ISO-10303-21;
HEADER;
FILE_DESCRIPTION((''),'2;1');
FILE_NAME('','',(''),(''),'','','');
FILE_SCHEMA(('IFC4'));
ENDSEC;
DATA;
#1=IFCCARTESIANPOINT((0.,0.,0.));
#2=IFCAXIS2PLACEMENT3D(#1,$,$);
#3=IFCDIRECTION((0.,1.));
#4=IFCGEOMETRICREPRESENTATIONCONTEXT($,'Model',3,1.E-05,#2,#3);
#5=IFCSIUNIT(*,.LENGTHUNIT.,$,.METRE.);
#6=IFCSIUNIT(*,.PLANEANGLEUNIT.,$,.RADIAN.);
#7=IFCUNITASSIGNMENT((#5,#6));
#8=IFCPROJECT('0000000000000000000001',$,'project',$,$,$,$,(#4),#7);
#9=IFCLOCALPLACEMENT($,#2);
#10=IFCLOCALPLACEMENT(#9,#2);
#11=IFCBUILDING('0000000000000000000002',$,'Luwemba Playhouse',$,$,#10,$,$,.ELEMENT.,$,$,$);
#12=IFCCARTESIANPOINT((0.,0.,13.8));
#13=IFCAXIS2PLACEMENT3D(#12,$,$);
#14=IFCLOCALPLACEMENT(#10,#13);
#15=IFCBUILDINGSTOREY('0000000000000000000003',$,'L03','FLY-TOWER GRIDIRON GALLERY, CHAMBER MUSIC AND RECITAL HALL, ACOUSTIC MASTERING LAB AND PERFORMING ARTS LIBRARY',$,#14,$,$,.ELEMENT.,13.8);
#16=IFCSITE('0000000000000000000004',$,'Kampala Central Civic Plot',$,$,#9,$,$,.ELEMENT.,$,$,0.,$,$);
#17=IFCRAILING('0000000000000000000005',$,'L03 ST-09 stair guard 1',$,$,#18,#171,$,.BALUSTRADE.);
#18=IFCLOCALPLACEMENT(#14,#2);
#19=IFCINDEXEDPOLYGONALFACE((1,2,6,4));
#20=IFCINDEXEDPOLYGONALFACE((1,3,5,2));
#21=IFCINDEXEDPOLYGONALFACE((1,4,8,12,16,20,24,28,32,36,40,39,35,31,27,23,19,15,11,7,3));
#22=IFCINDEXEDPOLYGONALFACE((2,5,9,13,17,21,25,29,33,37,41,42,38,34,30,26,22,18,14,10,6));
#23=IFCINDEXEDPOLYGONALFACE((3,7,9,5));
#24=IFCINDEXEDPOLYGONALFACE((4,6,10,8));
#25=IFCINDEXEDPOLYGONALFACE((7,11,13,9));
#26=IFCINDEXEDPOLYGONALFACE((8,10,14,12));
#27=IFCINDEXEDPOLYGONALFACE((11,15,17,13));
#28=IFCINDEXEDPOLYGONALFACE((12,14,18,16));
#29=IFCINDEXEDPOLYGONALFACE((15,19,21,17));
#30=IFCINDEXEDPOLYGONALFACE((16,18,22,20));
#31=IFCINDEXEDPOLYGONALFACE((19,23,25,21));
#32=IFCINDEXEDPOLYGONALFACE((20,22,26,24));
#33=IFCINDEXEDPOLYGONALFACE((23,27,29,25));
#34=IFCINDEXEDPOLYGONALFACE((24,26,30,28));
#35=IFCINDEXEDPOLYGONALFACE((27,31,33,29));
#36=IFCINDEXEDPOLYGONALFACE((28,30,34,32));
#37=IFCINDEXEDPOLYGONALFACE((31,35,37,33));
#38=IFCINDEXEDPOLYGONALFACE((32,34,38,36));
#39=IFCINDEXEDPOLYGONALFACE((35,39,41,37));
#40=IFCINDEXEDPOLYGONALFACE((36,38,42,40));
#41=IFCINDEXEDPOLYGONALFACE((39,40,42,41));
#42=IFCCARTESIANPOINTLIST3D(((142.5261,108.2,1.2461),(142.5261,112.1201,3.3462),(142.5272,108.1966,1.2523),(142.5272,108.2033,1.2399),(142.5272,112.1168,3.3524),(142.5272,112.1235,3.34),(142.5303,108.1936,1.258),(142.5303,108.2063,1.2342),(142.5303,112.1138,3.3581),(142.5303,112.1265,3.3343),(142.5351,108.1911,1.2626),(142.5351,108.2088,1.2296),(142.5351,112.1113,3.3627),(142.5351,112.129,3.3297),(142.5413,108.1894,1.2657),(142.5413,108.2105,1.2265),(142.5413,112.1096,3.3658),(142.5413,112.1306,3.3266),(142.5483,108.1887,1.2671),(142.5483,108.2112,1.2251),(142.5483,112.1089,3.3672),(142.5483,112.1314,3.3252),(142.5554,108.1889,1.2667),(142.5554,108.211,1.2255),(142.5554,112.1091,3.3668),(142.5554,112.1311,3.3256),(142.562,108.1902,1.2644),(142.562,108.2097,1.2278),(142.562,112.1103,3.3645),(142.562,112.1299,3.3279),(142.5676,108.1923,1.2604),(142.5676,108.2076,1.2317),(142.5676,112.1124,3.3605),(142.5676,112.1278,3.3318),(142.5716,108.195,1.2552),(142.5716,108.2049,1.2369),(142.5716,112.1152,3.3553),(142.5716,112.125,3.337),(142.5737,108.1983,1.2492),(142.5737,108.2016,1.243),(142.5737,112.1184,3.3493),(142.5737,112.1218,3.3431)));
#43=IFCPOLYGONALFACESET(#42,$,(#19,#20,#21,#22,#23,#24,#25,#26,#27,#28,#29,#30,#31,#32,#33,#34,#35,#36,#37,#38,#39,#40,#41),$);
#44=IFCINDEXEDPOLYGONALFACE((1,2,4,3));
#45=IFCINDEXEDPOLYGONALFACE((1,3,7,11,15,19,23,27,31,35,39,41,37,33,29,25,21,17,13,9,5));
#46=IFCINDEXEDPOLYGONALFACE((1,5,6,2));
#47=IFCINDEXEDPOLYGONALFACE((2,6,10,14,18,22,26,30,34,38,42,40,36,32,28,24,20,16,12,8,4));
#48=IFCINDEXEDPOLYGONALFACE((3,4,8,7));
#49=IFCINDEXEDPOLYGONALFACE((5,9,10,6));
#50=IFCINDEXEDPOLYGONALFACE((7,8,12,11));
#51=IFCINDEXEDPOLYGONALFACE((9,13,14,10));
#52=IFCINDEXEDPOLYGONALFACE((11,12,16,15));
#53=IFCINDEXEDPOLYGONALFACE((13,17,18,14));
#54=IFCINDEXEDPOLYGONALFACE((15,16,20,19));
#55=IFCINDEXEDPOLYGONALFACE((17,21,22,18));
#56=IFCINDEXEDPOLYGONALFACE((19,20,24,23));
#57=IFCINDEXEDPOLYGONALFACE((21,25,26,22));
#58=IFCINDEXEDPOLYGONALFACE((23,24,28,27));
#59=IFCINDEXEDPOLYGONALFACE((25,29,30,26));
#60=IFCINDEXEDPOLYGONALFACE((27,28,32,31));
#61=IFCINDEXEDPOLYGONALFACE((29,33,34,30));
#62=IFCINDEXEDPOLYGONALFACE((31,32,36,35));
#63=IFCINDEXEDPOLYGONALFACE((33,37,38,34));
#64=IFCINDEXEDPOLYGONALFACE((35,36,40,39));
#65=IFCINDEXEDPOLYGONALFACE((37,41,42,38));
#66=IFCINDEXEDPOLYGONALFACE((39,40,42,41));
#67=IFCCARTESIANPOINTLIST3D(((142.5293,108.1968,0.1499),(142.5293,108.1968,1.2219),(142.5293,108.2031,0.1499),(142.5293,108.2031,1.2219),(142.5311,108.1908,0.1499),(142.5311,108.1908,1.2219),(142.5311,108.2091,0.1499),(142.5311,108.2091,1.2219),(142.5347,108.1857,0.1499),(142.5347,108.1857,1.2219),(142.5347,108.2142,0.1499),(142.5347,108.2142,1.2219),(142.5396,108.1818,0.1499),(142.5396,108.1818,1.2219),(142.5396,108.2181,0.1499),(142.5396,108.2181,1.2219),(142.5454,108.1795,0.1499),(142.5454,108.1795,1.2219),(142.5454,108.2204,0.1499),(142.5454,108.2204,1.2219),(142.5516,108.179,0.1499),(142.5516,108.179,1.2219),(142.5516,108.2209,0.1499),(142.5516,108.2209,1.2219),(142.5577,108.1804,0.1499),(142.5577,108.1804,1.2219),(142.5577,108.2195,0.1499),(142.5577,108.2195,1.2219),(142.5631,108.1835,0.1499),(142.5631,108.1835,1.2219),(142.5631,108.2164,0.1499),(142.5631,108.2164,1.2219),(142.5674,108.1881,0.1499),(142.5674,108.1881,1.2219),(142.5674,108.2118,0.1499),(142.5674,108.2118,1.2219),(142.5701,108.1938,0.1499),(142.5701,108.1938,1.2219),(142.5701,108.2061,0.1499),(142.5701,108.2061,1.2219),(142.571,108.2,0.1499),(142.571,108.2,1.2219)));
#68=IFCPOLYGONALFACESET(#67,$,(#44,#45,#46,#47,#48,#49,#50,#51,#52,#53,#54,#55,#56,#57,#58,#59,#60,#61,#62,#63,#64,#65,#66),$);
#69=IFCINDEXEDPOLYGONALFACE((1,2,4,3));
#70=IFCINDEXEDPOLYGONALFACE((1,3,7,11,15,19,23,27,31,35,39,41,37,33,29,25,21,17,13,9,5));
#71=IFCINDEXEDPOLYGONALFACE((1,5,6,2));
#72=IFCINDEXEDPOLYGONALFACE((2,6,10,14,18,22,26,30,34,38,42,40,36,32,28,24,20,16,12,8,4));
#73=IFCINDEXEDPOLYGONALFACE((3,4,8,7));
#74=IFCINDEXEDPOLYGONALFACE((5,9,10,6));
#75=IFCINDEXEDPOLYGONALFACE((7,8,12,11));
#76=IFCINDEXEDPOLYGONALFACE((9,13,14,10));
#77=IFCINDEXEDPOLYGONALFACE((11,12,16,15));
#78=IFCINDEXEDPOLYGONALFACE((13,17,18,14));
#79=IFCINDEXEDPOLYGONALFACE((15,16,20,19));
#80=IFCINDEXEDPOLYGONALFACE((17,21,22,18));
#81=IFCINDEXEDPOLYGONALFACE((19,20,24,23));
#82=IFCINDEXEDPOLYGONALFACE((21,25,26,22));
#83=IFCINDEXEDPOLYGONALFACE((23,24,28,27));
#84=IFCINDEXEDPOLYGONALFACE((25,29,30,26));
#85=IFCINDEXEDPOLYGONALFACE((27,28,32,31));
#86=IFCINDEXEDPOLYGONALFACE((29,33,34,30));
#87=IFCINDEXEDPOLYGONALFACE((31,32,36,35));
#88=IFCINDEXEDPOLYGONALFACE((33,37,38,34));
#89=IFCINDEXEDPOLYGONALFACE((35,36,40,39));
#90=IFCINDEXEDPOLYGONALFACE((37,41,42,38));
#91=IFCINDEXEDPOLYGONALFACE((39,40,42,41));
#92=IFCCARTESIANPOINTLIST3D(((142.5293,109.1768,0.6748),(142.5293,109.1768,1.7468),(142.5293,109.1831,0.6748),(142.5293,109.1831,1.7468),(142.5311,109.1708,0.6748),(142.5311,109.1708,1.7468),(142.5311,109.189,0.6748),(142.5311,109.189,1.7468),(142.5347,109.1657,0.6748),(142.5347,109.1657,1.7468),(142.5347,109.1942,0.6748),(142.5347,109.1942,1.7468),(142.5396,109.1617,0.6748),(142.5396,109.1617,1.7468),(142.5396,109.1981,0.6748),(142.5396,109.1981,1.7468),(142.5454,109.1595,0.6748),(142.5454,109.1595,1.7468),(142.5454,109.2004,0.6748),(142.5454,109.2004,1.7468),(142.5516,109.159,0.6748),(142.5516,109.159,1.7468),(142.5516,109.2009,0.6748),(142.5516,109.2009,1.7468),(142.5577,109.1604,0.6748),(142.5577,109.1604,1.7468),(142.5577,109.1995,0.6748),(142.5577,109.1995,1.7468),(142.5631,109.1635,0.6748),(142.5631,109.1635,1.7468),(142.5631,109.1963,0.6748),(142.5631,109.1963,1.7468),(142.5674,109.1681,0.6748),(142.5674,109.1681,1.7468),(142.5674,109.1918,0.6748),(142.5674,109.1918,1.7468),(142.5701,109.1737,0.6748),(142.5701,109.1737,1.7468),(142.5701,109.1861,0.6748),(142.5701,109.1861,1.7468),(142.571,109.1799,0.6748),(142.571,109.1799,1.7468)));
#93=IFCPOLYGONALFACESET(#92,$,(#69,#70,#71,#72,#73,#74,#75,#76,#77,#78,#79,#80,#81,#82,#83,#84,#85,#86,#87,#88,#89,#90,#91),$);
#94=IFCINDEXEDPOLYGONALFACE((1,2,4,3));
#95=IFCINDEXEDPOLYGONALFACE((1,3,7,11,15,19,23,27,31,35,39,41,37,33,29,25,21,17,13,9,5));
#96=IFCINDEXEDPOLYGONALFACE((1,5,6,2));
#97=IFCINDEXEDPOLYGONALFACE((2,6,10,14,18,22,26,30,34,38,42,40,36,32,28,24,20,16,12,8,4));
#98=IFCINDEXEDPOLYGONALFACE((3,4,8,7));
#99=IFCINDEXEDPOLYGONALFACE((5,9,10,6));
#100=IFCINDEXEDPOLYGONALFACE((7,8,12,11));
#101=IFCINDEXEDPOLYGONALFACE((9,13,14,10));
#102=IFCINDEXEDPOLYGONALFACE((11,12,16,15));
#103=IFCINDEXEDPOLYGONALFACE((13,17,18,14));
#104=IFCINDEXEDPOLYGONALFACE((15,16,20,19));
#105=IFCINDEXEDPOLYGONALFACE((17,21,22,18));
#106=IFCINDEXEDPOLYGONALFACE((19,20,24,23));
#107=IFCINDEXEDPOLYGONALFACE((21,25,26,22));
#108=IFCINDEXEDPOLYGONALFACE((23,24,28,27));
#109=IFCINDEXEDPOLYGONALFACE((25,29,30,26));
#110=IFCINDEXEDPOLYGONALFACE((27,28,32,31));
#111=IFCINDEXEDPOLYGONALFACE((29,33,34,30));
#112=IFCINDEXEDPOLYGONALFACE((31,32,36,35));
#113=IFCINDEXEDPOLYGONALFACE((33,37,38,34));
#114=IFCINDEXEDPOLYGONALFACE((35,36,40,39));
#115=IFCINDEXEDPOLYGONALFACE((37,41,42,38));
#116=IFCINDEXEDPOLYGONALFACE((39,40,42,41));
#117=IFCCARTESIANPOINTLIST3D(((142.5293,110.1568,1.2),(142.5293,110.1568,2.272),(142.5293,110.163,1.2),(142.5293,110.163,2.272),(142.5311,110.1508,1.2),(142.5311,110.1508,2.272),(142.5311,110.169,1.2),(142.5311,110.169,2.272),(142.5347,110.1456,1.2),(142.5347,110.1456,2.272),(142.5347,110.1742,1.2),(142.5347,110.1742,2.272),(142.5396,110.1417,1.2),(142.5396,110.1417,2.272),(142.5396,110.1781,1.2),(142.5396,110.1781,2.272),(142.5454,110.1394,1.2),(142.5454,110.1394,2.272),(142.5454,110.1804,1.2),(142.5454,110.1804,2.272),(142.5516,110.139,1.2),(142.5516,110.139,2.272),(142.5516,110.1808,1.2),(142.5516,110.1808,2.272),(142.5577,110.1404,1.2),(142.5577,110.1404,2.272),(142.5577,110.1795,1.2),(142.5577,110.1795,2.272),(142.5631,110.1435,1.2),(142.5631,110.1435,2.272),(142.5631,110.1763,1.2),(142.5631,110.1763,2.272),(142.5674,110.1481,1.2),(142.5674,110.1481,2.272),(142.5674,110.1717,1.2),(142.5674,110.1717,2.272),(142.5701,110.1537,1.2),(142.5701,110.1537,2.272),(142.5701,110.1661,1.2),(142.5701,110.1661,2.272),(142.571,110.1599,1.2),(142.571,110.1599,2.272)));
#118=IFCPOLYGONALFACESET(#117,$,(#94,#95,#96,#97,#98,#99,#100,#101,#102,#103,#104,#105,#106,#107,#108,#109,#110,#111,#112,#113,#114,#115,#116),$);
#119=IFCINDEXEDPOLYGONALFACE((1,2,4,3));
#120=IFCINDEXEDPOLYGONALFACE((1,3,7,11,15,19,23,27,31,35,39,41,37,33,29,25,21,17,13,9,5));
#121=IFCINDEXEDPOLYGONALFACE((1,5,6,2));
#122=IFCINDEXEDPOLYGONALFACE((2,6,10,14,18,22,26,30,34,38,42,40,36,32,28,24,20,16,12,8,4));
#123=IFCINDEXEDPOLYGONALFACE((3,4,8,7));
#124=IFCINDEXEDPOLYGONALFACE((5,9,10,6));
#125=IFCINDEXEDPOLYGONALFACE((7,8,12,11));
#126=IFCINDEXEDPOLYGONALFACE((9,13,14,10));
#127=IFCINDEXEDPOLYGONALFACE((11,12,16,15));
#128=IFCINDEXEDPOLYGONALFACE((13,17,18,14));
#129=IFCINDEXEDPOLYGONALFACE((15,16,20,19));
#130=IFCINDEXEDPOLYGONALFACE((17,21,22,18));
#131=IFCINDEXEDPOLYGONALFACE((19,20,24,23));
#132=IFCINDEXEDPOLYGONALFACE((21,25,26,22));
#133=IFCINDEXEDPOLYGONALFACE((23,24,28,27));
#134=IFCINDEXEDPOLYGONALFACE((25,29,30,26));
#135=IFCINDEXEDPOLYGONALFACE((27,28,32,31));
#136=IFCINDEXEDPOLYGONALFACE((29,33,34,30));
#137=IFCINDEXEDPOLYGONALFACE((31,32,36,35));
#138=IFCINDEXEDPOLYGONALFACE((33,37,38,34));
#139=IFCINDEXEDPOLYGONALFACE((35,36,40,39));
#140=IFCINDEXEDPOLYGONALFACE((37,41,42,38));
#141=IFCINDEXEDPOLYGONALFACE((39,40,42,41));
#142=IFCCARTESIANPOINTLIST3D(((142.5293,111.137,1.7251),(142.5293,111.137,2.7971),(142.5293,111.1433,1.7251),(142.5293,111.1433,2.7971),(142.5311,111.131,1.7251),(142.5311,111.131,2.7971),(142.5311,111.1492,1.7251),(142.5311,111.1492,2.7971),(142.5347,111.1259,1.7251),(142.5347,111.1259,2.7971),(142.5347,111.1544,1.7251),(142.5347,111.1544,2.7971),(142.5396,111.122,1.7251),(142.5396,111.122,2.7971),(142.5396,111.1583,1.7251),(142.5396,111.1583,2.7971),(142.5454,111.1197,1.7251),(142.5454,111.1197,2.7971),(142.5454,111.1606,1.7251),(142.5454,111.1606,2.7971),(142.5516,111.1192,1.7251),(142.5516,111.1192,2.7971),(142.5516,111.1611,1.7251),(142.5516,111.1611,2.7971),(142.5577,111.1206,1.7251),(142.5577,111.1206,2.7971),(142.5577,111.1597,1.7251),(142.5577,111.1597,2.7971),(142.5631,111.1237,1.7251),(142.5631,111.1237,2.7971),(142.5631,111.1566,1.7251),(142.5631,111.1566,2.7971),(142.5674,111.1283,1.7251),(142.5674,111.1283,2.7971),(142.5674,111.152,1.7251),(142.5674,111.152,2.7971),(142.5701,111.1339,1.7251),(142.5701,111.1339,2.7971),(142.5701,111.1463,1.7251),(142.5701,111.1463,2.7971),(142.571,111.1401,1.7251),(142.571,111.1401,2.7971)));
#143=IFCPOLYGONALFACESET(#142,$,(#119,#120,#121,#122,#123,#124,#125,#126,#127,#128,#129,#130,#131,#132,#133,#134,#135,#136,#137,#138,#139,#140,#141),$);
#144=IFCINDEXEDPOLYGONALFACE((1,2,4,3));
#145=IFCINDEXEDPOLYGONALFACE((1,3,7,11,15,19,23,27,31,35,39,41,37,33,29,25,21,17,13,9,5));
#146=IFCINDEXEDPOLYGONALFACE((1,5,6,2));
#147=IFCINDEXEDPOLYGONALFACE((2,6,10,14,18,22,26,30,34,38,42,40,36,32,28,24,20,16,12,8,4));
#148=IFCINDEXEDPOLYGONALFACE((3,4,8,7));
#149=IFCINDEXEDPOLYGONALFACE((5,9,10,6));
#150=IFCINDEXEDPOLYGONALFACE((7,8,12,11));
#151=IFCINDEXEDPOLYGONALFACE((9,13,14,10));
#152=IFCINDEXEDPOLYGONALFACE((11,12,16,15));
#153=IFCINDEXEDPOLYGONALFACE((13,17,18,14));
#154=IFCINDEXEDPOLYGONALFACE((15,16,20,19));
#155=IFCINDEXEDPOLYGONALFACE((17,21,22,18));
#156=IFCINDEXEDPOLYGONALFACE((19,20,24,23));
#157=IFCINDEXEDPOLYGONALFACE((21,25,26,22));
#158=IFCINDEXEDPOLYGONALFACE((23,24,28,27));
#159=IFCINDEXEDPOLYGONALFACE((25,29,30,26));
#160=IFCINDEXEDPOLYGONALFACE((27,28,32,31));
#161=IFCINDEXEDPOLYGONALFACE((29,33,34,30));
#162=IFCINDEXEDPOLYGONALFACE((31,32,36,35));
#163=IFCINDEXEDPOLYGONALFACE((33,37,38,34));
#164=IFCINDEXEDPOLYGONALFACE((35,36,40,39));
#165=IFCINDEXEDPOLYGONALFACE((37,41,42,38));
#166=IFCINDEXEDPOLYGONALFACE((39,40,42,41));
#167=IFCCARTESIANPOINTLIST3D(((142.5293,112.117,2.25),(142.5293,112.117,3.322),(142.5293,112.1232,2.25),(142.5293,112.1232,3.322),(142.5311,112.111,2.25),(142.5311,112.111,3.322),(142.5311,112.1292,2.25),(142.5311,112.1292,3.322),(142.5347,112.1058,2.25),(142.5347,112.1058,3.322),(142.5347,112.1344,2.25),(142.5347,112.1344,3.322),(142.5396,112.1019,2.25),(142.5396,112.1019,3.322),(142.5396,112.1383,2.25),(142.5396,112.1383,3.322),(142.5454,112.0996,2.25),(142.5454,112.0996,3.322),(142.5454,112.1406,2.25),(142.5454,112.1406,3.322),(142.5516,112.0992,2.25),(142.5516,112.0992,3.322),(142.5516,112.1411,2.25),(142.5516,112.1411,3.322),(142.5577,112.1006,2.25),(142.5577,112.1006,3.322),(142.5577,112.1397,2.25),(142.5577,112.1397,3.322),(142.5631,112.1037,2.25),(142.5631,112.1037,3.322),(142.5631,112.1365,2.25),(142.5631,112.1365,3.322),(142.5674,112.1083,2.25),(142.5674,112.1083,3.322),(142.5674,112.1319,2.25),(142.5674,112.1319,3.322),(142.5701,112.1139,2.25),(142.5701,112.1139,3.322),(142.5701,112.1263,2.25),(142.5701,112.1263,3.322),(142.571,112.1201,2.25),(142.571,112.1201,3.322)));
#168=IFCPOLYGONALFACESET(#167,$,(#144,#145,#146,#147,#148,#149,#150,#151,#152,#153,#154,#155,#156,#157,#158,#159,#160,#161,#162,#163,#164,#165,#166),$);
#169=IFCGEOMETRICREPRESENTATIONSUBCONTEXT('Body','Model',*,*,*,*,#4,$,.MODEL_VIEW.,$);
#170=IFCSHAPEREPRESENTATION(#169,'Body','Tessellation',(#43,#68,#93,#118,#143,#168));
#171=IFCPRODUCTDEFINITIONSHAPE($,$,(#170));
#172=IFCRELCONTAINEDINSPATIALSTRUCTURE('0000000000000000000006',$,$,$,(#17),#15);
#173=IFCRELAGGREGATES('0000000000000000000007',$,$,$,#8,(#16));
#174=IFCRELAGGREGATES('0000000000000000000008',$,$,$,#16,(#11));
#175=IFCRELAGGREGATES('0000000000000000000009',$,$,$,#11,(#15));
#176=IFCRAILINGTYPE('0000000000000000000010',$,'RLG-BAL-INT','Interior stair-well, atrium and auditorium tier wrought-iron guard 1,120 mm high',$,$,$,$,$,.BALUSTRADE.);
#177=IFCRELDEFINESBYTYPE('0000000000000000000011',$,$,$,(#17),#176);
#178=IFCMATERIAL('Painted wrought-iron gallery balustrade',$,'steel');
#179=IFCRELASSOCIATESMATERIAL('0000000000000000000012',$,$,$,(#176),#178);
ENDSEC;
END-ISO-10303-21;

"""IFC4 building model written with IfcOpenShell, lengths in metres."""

from ifc_helpers import new_model, si_unit, direction, frame, origin, origin_2d, place, context, subcontext, project, spatial, circle, extrude, material, type_object, element, save


model = new_model("IFC4")

# Units and contexts
model_context = context("Model", 3, precision=1e-05, world=origin(), true_north=direction((0.0, 1.0)))
body_context = subcontext(model_context, "Body", "Model", "MODEL_VIEW")
ifc_project = project(units=[si_unit("LENGTHUNIT", "METRE"), si_unit("PLANEANGLEUNIT", "RADIAN")], contexts=[model_context])

# Site, building, storey
site_placement = place(None, origin())
site = spatial("IfcSite", under=ifc_project, at=site_placement, Name="Kampala Central Civic Plot", CompositionType="ELEMENT", RefElevation=0.0)
building_placement = place(site_placement, origin())
building = spatial("IfcBuilding", under=site, at=building_placement, Name="Luwemba Playhouse", CompositionType="ELEMENT")
storey_placement = place(building_placement, frame((0.0, 0.0, 13.8)))
storey = spatial("IfcBuildingStorey", under=building, at=storey_placement, Name="L03", Description="FLY-TOWER GRIDIRON GALLERY, CHAMBER MUSIC AND RECITAL HALL, ACOUSTIC MASTERING LAB AND PERFORMING ARTS LIBRARY", CompositionType="ELEMENT", Elevation=13.8)

# Railing
ifc_material_1 = material(Name="Painted wrought-iron gallery balustrade", Category="steel")
railing_type_1 = type_object("IfcRailingType", Name="RLG-BAL-INT", Description="Interior stair-well, atrium and auditorium tier wrought-iron guard 1,120 mm high", PredefinedType="BALUSTRADE", material=ifc_material_1)
railing_1_placement = place(storey_placement, frame((142.55, 108.2, 0.1499)))
element("IfcRailing", 1, at=railing_1_placement, inside=storey, type_object=railing_type_1, Name="L03 ST-09 stair guard 1", PredefinedType="BALUSTRADE", context=body_context, shape_type="SweptSolid", body=[
    extrude(circle(Radius=0.0239, at=origin_2d()), frame((0.0, 0.0, 1.0962), z_axis=(0.0, 0.881479, 0.472223), x_axis=(-1.0, 0.0, 0.0)), (0.0, 0.0, 1.0), 4.4473),
    extrude(circle(Radius=0.021, at=origin_2d()), origin(), (0.0, 0.0, 1.0), 1.072),
    extrude(circle(Radius=0.021, at=origin_2d()), frame((0.0, 0.98, 0.5249)), (0.0, 0.0, 1.0), 1.072),
    extrude(circle(Radius=0.021, at=origin_2d()), frame((0.0, 1.96, 1.05)), (0.0, 0.0, 1.0), 1.072),
    extrude(circle(Radius=0.021, at=origin_2d()), frame((0.0, 2.9402, 1.5752)), (0.0, 0.0, 1.0), 1.072),
    extrude(circle(Radius=0.021, at=origin_2d()), frame((0.0, 3.9202, 2.1001)), (0.0, 0.0, 1.0), 1.072),
])

save(model, "model.ifc")
